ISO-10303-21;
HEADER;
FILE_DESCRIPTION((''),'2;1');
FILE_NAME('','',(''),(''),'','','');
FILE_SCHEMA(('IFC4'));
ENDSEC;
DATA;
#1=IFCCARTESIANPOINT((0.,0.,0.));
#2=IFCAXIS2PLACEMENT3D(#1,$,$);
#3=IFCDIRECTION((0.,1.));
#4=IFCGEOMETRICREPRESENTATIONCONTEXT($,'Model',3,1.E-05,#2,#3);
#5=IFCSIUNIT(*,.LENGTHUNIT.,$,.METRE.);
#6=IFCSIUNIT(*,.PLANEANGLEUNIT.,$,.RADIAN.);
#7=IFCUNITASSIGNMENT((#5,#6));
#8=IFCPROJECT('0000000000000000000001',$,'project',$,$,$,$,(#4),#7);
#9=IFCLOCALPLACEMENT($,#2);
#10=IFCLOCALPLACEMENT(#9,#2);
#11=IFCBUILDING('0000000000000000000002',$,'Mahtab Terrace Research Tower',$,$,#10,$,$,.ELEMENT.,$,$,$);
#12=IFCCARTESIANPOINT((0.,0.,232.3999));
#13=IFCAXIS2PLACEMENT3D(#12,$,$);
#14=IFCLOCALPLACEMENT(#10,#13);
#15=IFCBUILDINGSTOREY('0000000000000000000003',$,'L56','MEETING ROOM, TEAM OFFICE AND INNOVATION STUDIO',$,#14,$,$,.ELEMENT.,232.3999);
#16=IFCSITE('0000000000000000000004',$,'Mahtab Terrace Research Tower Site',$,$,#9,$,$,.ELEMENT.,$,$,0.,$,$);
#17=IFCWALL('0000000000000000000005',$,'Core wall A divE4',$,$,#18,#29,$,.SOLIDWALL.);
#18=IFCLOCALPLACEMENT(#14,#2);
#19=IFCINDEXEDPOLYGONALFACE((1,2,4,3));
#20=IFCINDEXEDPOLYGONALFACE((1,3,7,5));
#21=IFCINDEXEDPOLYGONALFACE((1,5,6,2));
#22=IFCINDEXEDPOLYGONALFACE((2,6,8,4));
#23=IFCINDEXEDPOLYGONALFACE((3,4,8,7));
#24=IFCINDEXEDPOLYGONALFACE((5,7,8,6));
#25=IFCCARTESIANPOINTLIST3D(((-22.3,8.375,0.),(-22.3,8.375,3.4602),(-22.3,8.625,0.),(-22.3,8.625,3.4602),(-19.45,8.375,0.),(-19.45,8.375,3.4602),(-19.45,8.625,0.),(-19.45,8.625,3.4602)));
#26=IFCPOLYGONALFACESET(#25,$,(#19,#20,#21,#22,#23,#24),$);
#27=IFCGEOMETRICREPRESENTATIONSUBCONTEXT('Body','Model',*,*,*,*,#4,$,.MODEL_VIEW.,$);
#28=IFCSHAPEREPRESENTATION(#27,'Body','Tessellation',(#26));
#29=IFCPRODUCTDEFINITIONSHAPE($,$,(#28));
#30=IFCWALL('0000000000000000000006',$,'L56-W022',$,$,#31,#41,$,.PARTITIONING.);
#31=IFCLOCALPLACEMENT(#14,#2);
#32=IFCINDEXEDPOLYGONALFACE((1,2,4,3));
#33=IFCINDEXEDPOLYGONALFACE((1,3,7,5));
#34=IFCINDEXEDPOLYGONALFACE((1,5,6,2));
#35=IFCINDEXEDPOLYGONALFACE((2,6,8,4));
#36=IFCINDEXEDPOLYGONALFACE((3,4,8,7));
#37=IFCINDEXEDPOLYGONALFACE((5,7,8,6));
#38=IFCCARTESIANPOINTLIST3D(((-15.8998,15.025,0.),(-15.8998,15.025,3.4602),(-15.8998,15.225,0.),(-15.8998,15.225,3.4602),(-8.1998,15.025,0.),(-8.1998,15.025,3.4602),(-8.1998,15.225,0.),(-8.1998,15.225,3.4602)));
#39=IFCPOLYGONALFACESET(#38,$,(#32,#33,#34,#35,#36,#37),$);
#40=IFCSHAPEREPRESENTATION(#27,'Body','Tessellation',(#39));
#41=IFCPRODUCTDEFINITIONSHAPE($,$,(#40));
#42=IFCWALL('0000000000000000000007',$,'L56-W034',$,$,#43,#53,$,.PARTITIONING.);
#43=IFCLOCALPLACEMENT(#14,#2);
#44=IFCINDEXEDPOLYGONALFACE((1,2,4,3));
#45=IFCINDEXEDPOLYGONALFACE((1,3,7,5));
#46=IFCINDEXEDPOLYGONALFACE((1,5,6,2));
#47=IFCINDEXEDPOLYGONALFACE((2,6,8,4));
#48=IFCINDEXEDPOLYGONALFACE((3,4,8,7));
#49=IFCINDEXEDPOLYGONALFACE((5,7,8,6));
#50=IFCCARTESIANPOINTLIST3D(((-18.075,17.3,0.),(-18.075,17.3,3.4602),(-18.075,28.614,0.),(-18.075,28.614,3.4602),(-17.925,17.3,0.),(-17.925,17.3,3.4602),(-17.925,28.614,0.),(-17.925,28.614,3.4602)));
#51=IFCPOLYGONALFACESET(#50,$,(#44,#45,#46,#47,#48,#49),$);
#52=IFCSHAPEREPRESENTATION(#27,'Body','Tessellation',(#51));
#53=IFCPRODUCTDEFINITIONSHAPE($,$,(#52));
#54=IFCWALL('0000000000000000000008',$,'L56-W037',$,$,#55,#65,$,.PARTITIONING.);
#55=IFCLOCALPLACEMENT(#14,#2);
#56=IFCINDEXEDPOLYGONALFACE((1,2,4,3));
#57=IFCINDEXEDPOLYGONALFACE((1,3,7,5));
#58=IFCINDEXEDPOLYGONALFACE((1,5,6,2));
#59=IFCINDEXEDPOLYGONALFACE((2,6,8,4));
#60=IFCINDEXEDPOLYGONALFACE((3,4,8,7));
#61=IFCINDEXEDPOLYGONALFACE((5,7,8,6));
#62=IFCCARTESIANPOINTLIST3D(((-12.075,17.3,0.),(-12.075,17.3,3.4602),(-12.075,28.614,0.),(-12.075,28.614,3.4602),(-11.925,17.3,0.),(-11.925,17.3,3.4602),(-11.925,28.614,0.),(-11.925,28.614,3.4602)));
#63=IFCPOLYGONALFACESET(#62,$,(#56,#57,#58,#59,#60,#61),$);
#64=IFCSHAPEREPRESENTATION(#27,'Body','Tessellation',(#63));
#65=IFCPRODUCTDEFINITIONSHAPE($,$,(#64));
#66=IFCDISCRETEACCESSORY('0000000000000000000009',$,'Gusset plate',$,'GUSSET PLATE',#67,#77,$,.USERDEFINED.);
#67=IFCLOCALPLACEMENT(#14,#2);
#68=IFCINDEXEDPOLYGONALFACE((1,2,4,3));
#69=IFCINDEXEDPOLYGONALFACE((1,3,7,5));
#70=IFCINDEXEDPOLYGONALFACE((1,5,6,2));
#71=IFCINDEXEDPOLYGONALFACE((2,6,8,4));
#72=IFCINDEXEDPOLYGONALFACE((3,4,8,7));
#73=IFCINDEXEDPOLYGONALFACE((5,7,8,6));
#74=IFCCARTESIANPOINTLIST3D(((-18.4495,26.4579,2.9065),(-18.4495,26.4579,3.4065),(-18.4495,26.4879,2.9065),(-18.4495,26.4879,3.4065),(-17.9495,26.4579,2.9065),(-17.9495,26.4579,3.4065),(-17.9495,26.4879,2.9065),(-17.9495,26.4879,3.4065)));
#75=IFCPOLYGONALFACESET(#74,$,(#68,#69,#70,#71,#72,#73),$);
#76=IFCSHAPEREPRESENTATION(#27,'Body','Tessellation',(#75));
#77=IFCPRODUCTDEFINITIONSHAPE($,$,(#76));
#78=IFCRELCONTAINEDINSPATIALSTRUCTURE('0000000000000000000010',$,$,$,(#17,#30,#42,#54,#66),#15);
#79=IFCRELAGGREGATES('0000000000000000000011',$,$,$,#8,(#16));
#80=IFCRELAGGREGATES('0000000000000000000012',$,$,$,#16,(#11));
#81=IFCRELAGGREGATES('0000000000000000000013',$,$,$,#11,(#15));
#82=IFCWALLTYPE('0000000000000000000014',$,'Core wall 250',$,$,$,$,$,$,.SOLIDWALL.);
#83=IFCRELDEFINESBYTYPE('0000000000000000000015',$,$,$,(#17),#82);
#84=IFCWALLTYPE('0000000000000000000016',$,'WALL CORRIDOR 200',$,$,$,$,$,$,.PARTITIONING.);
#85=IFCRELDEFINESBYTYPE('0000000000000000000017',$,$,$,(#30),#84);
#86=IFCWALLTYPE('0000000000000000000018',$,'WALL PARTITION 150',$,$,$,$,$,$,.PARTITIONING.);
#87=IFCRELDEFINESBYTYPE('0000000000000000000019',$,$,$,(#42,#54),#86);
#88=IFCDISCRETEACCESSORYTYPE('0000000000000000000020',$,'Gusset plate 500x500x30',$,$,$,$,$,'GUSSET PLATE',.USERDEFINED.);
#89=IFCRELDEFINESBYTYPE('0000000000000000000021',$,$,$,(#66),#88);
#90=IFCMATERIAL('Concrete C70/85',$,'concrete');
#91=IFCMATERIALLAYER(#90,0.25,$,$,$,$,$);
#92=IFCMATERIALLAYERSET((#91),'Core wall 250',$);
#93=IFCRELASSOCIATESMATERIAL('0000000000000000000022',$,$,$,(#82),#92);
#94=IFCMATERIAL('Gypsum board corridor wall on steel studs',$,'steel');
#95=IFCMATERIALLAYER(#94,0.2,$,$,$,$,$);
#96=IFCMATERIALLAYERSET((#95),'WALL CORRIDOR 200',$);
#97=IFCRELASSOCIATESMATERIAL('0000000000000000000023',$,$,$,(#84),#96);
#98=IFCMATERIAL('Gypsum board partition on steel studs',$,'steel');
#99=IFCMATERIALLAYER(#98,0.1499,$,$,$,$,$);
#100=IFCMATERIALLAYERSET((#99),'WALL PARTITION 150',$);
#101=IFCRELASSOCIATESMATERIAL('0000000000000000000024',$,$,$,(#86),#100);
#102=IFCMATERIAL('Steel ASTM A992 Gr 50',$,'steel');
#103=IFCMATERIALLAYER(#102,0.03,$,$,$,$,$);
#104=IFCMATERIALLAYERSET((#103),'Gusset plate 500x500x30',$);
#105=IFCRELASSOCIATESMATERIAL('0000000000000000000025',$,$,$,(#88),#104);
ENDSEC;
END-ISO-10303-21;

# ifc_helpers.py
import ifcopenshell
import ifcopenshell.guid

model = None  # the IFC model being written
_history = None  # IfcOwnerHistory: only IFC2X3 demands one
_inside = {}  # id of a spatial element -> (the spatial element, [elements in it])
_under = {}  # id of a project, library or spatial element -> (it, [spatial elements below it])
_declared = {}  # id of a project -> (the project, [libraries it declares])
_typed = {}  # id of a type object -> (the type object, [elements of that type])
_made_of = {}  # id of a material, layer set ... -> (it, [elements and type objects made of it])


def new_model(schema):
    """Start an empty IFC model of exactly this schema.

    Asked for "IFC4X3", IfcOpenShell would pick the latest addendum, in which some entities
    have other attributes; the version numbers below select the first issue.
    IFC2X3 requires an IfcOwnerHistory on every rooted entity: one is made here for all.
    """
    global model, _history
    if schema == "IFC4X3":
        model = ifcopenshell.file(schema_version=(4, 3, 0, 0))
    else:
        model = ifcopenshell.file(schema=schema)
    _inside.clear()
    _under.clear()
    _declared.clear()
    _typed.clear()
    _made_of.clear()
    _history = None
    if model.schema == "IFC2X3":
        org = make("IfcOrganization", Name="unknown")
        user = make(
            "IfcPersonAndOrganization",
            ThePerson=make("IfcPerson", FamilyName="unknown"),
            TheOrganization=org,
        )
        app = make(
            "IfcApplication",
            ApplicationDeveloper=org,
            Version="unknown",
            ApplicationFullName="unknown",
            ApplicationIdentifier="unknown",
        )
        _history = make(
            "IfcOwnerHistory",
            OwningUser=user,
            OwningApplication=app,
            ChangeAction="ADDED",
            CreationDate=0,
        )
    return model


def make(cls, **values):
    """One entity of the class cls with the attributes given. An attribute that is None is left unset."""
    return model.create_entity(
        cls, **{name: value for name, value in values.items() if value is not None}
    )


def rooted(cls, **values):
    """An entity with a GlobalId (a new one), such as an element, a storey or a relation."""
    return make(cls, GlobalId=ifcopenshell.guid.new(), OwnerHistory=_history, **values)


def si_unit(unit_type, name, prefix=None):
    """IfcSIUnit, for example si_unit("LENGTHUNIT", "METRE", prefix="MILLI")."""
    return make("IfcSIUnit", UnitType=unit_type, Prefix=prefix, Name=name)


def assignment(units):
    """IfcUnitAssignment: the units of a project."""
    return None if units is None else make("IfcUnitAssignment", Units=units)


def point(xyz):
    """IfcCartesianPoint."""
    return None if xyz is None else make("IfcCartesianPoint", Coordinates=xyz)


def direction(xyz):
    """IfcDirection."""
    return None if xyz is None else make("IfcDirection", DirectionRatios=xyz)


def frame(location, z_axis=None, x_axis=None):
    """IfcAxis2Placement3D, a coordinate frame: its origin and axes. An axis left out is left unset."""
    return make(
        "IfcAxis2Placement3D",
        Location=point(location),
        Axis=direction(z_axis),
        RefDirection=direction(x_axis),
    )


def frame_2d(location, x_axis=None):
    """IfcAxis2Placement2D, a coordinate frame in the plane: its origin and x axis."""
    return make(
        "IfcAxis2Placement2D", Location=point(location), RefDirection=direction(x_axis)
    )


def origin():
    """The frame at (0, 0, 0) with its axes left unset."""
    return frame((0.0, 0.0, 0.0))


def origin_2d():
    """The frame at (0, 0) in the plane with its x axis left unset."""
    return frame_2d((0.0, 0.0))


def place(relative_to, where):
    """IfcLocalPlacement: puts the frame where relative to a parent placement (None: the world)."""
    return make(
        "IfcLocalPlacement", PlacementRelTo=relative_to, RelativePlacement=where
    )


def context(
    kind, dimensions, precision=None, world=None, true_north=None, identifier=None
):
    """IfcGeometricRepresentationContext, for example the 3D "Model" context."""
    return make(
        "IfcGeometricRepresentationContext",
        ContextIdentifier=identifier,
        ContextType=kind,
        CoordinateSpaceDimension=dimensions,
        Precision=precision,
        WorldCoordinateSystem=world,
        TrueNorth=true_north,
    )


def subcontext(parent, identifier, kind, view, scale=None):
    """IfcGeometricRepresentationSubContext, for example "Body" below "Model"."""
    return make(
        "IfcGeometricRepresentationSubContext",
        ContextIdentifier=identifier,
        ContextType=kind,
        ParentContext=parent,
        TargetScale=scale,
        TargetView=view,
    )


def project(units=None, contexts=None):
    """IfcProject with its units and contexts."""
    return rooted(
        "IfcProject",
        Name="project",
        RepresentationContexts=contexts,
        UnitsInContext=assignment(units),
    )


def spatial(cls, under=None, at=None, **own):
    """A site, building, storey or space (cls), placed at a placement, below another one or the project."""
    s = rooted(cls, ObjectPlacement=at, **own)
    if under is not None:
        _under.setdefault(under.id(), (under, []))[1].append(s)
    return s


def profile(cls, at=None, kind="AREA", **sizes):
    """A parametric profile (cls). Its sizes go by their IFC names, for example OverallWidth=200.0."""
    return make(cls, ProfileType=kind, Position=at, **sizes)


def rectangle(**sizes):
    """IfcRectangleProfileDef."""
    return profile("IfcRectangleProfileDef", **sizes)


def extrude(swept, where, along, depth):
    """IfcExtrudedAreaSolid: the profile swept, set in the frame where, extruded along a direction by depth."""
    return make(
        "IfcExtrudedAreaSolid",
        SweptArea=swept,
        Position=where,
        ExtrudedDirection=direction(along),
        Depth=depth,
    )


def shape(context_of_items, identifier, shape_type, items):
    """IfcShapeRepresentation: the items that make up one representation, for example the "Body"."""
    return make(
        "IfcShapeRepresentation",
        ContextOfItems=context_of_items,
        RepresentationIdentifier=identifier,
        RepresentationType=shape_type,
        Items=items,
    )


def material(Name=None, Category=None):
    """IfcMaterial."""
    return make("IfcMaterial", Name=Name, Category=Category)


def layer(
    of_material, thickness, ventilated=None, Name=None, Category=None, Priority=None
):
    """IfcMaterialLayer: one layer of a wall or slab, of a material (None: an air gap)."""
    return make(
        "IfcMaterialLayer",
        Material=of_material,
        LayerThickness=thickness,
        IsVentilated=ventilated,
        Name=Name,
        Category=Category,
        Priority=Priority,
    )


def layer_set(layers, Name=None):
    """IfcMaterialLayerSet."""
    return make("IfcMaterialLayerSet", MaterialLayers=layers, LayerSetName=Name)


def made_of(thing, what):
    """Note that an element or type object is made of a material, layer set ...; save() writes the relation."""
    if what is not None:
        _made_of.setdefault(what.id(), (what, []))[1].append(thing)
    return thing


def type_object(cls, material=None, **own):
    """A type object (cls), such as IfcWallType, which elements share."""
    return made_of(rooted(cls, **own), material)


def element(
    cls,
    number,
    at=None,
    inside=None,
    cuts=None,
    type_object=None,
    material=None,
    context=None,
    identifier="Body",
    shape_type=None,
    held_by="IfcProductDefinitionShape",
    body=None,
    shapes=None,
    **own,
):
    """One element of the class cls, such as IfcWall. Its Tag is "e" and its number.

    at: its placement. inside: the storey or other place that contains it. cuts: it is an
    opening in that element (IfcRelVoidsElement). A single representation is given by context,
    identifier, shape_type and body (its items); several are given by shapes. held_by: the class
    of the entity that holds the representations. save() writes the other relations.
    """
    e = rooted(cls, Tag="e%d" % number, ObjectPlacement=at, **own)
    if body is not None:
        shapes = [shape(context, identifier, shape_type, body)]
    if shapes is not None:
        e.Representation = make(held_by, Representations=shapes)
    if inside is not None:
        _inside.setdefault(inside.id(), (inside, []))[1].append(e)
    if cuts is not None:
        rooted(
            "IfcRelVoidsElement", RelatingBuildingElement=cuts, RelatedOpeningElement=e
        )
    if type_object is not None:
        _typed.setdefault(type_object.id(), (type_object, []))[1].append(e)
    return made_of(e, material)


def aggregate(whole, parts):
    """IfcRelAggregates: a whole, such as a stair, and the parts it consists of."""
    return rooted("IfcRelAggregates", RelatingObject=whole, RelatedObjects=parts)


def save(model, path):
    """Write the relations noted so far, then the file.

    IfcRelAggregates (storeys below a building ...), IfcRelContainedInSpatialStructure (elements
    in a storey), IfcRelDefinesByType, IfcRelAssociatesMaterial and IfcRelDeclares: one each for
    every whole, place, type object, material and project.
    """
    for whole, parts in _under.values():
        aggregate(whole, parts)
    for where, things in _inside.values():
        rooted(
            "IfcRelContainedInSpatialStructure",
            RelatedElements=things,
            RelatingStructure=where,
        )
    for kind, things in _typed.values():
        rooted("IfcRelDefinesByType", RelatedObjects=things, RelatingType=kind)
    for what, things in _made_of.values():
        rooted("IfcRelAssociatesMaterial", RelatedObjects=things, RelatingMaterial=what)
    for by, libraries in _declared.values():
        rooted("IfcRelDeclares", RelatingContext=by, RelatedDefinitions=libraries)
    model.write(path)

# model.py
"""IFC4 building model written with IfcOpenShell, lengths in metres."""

from ifc_helpers import new_model, si_unit, direction, frame, frame_2d, origin, origin_2d, place, context, subcontext, project, spatial, rectangle, extrude, material, layer, layer_set, type_object, element, save


model = new_model("IFC4")

# Units and contexts
model_context = context("Model", 3, precision=1e-05, world=origin(), true_north=direction((0.0, 1.0)))
body_context = subcontext(model_context, "Body", "Model", "MODEL_VIEW")
ifc_project = project(units=[si_unit("LENGTHUNIT", "METRE"), si_unit("PLANEANGLEUNIT", "RADIAN")], contexts=[model_context])

# Site, building, storey
site_placement = place(None, origin())
site = spatial("IfcSite", under=ifc_project, at=site_placement, Name="Mahtab Terrace Research Tower Site", CompositionType="ELEMENT", RefElevation=0.0)
building_placement = place(site_placement, origin())
building = spatial("IfcBuilding", under=site, at=building_placement, Name="Mahtab Terrace Research Tower", CompositionType="ELEMENT")
storey_placement = place(building_placement, frame((0.0, 0.0, 232.3999)))
storey = spatial("IfcBuildingStorey", under=building, at=storey_placement, Name="L56", Description="MEETING ROOM, TEAM OFFICE AND INNOVATION STUDIO", CompositionType="ELEMENT", Elevation=232.3999)

# Shared definitions
ifc_material_1 = material(Name="Concrete C70/85", Category="concrete")
ifc_material_2 = material(Name="Steel ASTM A992 Gr 50", Category="steel")

# Shared definitions
ifc_layer_1 = layer(ifc_material_1, 0.25)
ifc_layer_set_1 = layer_set([ifc_layer_1], Name="Core wall 250")
wall_type_1 = type_object("IfcWallType", Name="Core wall 250", PredefinedType="SOLIDWALL", material=ifc_layer_set_1)

# Walls
wall_1_placement = place(storey_placement, frame((-22.3, 8.5, 0.0), z_axis=(0.0, 0.0, 1.0), x_axis=(1.0, 0.0, 0.0)))
element("IfcWall", 1, at=wall_1_placement, inside=storey, type_object=wall_type_1, Name="Core wall A divE4", PredefinedType="SOLIDWALL", context=body_context, shape_type="SweptSolid", body=[
    extrude(rectangle(XDim=2.8501, YDim=0.25, at=frame_2d((1.425, 0.0))), origin(), (0.0, 0.0, 1.0), 3.4602),
])
ifc_material_3 = material(Name="Gypsum board corridor wall on steel studs", Category="steel")
ifc_layer_2 = layer(ifc_material_3, 0.2)
ifc_layer_set_2 = layer_set([ifc_layer_2], Name="WALL CORRIDOR 200")
wall_type_2 = type_object("IfcWallType", Name="WALL CORRIDOR 200", PredefinedType="PARTITIONING", material=ifc_layer_set_2)
wall_2_placement = place(storey_placement, frame((-15.8999, 15.125, 0.0), z_axis=(0.0, 0.0, 1.0), x_axis=(1.0, 0.0, 0.0)))
element("IfcWall", 2, at=wall_2_placement, inside=storey, type_object=wall_type_2, Name="L56-W022", PredefinedType="PARTITIONING", context=body_context, shape_type="SweptSolid", body=[
    extrude(rectangle(XDim=7.7, YDim=0.2, at=frame_2d((3.8501, 0.0))), origin(), (0.0, 0.0, 1.0), 3.4602),
])
ifc_material_4 = material(Name="Gypsum board partition on steel studs", Category="steel")
ifc_layer_3 = layer(ifc_material_4, 0.1499)
ifc_layer_set_3 = layer_set([ifc_layer_3], Name="WALL PARTITION 150")
wall_type_3 = type_object("IfcWallType", Name="WALL PARTITION 150", PredefinedType="PARTITIONING", material=ifc_layer_set_3)
for number, where, z_axis, x_axis, name in (
    (3, (-18.0, 17.3, 0.0), (0.0, 0.0, 1.0), (0.0, 1.0, 0.0), "L56-W034"),
    (4, (-12.0, 17.3, 0.0), (0.0, 0.0, 1.0), (0.0, 1.0, 0.0), "L56-W037"),
):
    element("IfcWall", number, at=place(storey_placement, frame(where, z_axis=z_axis, x_axis=x_axis)), inside=storey, type_object=wall_type_3, Name=name, PredefinedType="PARTITIONING", context=body_context, shape_type="SweptSolid", body=[
        extrude(rectangle(XDim=11.314, YDim=0.1499, at=frame_2d((5.657, 0.0))), origin(), (0.0, 0.0, 1.0), 3.4602),
    ])

# Discrete accessory
ifc_layer_4 = layer(ifc_material_2, 0.03)
ifc_layer_set_4 = layer_set([ifc_layer_4], Name="Gusset plate 500x500x30")
discrete_accessory_type = type_object("IfcDiscreteAccessoryType", Name="Gusset plate 500x500x30", ElementType="GUSSET PLATE", PredefinedType="USERDEFINED", material=ifc_layer_set_4)
discrete_accessory_placement = place(storey_placement, frame((-18.1995, 26.4729, 2.9065), z_axis=(0.0, 0.0, 1.0), x_axis=(1.0, 0.0, 0.0)))
element("IfcDiscreteAccessory", 5, at=discrete_accessory_placement, inside=storey, type_object=discrete_accessory_type, Name="Gusset plate", ObjectType="GUSSET PLATE", PredefinedType="USERDEFINED", context=body_context, shape_type="SweptSolid", body=[
    extrude(rectangle(XDim=0.5, YDim=0.03, at=origin_2d()), origin(), (0.0, 0.0, 1.0), 0.5),
])

save(model, "model.ifc")
